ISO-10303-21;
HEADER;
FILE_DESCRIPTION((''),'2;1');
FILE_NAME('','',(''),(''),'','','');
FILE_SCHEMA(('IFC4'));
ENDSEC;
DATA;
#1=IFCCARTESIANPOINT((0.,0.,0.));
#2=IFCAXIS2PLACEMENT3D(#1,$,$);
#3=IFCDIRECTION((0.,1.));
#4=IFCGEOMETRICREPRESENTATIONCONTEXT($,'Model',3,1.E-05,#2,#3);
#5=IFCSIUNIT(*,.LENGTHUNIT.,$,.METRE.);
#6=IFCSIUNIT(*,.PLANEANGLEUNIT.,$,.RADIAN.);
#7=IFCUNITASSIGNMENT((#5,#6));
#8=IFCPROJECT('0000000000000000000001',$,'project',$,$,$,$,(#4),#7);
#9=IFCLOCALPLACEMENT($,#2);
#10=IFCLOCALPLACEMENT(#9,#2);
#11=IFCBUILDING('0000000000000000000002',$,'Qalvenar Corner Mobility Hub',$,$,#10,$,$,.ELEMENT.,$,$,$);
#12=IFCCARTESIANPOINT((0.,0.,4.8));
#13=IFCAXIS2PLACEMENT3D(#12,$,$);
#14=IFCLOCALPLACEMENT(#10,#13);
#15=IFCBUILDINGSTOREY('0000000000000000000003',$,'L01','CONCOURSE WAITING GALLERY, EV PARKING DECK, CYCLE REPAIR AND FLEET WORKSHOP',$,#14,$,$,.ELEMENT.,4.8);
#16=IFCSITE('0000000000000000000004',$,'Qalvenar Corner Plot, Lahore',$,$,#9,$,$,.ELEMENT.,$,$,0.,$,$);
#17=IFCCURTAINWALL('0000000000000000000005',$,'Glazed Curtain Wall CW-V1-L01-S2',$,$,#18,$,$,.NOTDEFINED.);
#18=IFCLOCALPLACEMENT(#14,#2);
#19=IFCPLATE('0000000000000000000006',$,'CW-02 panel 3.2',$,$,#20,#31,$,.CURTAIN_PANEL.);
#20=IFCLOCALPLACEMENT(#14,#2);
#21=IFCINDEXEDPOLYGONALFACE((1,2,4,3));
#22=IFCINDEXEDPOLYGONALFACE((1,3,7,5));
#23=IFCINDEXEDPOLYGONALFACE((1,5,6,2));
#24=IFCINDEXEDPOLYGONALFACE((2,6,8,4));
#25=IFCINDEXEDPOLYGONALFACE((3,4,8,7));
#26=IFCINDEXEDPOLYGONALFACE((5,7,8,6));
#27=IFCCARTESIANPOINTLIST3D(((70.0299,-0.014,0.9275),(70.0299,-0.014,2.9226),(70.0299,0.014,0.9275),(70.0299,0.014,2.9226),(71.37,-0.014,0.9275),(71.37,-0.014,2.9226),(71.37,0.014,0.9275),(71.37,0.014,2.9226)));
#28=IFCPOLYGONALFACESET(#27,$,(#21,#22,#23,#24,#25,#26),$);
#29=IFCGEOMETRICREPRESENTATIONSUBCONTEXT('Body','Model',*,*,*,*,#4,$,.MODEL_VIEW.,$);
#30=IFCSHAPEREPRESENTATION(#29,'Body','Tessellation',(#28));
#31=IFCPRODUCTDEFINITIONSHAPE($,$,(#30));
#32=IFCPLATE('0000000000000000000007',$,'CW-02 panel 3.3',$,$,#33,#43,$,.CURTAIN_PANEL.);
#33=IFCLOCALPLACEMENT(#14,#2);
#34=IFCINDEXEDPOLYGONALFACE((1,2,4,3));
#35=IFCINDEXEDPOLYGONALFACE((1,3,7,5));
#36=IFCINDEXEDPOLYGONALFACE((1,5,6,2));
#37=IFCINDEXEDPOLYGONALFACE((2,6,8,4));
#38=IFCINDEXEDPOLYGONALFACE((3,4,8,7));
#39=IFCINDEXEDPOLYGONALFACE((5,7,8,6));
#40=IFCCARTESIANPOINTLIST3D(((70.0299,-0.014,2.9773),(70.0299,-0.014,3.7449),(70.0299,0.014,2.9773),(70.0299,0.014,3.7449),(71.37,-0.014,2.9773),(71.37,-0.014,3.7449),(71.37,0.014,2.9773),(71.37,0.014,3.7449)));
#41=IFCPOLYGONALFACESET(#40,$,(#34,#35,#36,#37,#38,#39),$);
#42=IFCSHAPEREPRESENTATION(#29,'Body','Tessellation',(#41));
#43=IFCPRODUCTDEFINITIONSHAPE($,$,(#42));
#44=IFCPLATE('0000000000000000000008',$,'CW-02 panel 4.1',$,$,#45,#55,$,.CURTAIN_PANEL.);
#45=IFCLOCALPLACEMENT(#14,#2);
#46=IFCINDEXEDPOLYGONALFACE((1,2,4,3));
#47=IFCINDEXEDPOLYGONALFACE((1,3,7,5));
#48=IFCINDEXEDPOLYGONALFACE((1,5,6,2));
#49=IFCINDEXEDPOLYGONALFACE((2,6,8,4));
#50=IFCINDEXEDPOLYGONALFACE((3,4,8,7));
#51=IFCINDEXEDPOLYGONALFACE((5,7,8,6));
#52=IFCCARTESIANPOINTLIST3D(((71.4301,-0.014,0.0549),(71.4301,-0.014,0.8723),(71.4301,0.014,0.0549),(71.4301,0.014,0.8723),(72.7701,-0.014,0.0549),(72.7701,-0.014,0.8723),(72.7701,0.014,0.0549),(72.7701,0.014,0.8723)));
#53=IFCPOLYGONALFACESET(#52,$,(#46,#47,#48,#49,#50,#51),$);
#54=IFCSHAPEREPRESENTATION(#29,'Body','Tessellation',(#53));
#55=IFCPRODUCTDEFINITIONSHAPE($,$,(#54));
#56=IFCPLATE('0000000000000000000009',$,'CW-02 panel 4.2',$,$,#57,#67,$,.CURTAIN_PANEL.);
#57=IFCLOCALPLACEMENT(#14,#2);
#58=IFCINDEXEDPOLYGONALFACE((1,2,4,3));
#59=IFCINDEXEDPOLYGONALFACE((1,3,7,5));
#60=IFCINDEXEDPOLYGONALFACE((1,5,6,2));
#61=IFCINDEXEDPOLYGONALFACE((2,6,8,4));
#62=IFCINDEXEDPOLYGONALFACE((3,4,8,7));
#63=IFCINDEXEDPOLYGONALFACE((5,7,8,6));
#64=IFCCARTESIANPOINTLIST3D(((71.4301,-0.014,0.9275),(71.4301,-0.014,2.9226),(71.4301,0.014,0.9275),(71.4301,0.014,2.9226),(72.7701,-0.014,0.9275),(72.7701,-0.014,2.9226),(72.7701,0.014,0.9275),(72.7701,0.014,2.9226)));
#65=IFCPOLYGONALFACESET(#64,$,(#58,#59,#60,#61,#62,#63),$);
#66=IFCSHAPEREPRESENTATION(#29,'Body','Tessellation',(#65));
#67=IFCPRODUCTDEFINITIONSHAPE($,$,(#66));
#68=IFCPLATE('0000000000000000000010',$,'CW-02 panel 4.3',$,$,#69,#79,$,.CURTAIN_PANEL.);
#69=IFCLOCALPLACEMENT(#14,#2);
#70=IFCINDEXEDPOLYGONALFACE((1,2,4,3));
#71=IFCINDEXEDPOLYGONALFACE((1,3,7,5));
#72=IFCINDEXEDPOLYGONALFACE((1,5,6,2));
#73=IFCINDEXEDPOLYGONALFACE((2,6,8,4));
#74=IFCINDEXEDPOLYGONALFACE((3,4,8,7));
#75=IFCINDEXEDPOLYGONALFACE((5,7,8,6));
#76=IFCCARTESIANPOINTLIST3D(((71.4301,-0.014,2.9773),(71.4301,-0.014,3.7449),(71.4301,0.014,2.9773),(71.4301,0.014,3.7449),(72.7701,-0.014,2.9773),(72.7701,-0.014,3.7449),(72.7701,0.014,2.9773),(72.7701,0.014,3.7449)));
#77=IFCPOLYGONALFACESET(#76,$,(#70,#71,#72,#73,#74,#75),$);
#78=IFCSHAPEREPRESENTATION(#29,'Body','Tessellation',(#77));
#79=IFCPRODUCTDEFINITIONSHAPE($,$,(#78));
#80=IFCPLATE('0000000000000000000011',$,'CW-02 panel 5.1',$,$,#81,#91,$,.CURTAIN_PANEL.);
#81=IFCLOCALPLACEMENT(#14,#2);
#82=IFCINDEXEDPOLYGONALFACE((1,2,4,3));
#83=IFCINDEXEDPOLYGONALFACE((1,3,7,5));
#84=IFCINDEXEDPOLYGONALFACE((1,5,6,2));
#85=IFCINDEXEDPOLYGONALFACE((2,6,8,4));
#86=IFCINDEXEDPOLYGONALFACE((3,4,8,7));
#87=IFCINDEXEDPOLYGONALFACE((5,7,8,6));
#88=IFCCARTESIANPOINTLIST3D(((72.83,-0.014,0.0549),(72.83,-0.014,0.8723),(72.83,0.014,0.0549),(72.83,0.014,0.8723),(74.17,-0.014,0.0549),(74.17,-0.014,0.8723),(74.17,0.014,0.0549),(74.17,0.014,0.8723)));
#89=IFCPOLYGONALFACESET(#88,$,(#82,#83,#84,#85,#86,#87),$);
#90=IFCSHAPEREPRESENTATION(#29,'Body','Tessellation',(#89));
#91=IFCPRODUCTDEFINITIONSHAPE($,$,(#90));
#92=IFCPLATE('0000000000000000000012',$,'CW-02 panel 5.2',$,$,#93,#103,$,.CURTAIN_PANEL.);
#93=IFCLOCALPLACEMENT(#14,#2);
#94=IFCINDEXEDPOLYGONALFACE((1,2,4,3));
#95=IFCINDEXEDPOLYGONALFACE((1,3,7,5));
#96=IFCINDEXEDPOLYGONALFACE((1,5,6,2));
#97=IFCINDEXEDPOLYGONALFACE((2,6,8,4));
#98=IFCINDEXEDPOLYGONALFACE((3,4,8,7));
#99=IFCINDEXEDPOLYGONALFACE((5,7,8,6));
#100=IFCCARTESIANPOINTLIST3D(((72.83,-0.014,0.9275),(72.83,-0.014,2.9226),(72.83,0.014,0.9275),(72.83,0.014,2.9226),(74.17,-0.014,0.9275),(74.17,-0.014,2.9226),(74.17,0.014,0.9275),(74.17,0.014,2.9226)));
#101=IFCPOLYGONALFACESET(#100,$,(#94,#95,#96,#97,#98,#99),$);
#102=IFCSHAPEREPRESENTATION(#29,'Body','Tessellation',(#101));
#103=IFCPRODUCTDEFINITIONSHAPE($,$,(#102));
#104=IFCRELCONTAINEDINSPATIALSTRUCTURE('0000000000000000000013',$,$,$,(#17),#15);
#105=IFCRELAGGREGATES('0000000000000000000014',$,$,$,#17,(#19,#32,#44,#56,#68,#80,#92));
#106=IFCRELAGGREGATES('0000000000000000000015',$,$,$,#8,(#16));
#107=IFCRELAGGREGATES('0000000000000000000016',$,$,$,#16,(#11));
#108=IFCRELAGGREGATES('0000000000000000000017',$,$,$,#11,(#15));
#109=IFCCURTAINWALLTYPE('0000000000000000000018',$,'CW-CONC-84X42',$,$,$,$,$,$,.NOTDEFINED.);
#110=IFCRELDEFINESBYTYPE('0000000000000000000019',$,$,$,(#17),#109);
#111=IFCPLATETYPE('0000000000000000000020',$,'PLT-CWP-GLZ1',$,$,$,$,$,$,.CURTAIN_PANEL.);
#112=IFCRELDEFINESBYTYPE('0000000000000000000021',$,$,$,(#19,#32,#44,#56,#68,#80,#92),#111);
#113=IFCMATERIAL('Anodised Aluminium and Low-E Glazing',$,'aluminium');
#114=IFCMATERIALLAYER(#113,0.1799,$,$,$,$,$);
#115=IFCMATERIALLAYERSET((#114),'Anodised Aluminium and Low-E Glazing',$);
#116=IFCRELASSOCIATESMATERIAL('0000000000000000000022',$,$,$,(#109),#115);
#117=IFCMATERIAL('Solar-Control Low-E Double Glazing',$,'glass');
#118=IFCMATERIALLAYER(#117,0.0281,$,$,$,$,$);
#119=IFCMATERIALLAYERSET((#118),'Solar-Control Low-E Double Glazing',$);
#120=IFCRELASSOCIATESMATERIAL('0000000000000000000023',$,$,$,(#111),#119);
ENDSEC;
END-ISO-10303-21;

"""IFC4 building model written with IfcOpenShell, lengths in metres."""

from ifc_helpers import new_model, si_unit, direction, frame, origin, origin_2d, place, context, subcontext, project, spatial, rectangle, extrude, material, layer, layer_set, type_object, element, aggregate, save


model = new_model("IFC4")

# Units and contexts
model_context = context("Model", 3, precision=1e-05, world=origin(), true_north=direction((0.0, 1.0)))
body_context = subcontext(model_context, "Body", "Model", "MODEL_VIEW")
ifc_project = project(units=[si_unit("LENGTHUNIT", "METRE"), si_unit("PLANEANGLEUNIT", "RADIAN")], contexts=[model_context])

# Site, building, storey
site_placement = place(None, origin())
site = spatial("IfcSite", under=ifc_project, at=site_placement, Name="Qalvenar Corner Plot, Lahore", CompositionType="ELEMENT", RefElevation=0.0)
building_placement = place(site_placement, origin())
building = spatial("IfcBuilding", under=site, at=building_placement, Name="Qalvenar Corner Mobility Hub", CompositionType="ELEMENT")
storey_placement = place(building_placement, frame((0.0, 0.0, 4.8)))
storey = spatial("IfcBuildingStorey", under=building, at=storey_placement, Name="L01", Description="CONCOURSE WAITING GALLERY, EV PARKING DECK, CYCLE REPAIR AND FLEET WORKSHOP", CompositionType="ELEMENT", Elevation=4.8)

# Curtain wall, plates
ifc_material_1 = material(Name="Anodised Aluminium and Low-E Glazing", Category="aluminium")
ifc_layer_1 = layer(ifc_material_1, 0.1799)
ifc_layer_set_1 = layer_set([ifc_layer_1], Name="Anodised Aluminium and Low-E Glazing")
curtain_wall_type = type_object("IfcCurtainWallType", Name="CW-CONC-84X42", PredefinedType="NOTDEFINED", material=ifc_layer_set_1)
curtain_wall_placement = place(storey_placement, origin())
curtain_wall = element("IfcCurtainWall", 1, at=curtain_wall_placement, inside=storey, type_object=curtain_wall_type, Name="Glazed Curtain Wall CW-V1-L01-S2", PredefinedType="NOTDEFINED")
ifc_material_2 = material(Name="Solar-Control Low-E Double Glazing", Category="glass")
ifc_layer_2 = layer(ifc_material_2, 0.0281)
ifc_layer_set_2 = layer_set([ifc_layer_2], Name="Solar-Control Low-E Double Glazing")
plate_type = type_object("IfcPlateType", Name="PLT-CWP-GLZ1", PredefinedType="CURTAIN_PANEL", material=ifc_layer_set_2)
plate_1_placement = place(storey_placement, frame((70.7, 0.0, 0.9275), z_axis=(0.0, 0.0, 1.0), x_axis=(1.0, 0.0, 0.0)))
plate_1 = element("IfcPlate", 2, at=plate_1_placement, type_object=plate_type, Name="CW-02 panel 3.2", PredefinedType="CURTAIN_PANEL", context=body_context, shape_type="SweptSolid", body=[
    extrude(rectangle(XDim=1.3401, YDim=0.0281, at=origin_2d()), origin(), (0.0, 0.0, 1.0), 1.9951),
])
plate_2_placement = place(storey_placement, frame((70.7, 0.0, 2.9773), z_axis=(0.0, 0.0, 1.0), x_axis=(1.0, 0.0, 0.0)))
plate_2 = element("IfcPlate", 3, at=plate_2_placement, type_object=plate_type, Name="CW-02 panel 3.3", PredefinedType="CURTAIN_PANEL", context=body_context, shape_type="SweptSolid", body=[
    extrude(rectangle(XDim=1.3401, YDim=0.0281, at=origin_2d()), origin(), (0.0, 0.0, 1.0), 0.7676),
])
plate_3_placement = place(storey_placement, frame((72.1001, 0.0, 0.0549), z_axis=(0.0, 0.0, 1.0), x_axis=(1.0, 0.0, 0.0)))
plate_3 = element("IfcPlate", 4, at=plate_3_placement, type_object=plate_type, Name="CW-02 panel 4.1", PredefinedType="CURTAIN_PANEL", context=body_context, shape_type="SweptSolid", body=[
    extrude(rectangle(XDim=1.3401, YDim=0.0281, at=origin_2d()), origin(), (0.0, 0.0, 1.0), 0.8174),
])
plate_4_placement = place(storey_placement, frame((72.1001, 0.0, 0.9275), z_axis=(0.0, 0.0, 1.0), x_axis=(1.0, 0.0, 0.0)))
plate_4 = element("IfcPlate", 5, at=plate_4_placement, type_object=plate_type, Name="CW-02 panel 4.2", PredefinedType="CURTAIN_PANEL", context=body_context, shape_type="SweptSolid", body=[
    extrude(rectangle(XDim=1.3401, YDim=0.0281, at=origin_2d()), origin(), (0.0, 0.0, 1.0), 1.9951),
])
plate_5_placement = place(storey_placement, frame((72.1001, 0.0, 2.9773), z_axis=(0.0, 0.0, 1.0), x_axis=(1.0, 0.0, 0.0)))
plate_5 = element("IfcPlate", 6, at=plate_5_placement, type_object=plate_type, Name="CW-02 panel 4.3", PredefinedType="CURTAIN_PANEL", context=body_context, shape_type="SweptSolid", body=[
    extrude(rectangle(XDim=1.3401, YDim=0.0281, at=origin_2d()), origin(), (0.0, 0.0, 1.0), 0.7676),
])
plate_6_placement = place(storey_placement, frame((73.5, 0.0, 0.0549), z_axis=(0.0, 0.0, 1.0), x_axis=(1.0, 0.0, 0.0)))
plate_6 = element("IfcPlate", 7, at=plate_6_placement, type_object=plate_type, Name="CW-02 panel 5.1", PredefinedType="CURTAIN_PANEL", context=body_context, shape_type="SweptSolid", body=[
    extrude(rectangle(XDim=1.3401, YDim=0.0281, at=origin_2d()), origin(), (0.0, 0.0, 1.0), 0.8174),
])
plate_7_placement = place(storey_placement, frame((73.5, 0.0, 0.9275), z_axis=(0.0, 0.0, 1.0), x_axis=(1.0, 0.0, 0.0)))
plate_7 = element("IfcPlate", 8, at=plate_7_placement, type_object=plate_type, Name="CW-02 panel 5.2", PredefinedType="CURTAIN_PANEL", context=body_context, shape_type="SweptSolid", body=[
    extrude(rectangle(XDim=1.3401, YDim=0.0281, at=origin_2d()), origin(), (0.0, 0.0, 1.0), 1.9951),
])
aggregate(curtain_wall, [plate_1, plate_2, plate_3, plate_4, plate_5, plate_6, plate_7])

save(model, "model.ifc")
